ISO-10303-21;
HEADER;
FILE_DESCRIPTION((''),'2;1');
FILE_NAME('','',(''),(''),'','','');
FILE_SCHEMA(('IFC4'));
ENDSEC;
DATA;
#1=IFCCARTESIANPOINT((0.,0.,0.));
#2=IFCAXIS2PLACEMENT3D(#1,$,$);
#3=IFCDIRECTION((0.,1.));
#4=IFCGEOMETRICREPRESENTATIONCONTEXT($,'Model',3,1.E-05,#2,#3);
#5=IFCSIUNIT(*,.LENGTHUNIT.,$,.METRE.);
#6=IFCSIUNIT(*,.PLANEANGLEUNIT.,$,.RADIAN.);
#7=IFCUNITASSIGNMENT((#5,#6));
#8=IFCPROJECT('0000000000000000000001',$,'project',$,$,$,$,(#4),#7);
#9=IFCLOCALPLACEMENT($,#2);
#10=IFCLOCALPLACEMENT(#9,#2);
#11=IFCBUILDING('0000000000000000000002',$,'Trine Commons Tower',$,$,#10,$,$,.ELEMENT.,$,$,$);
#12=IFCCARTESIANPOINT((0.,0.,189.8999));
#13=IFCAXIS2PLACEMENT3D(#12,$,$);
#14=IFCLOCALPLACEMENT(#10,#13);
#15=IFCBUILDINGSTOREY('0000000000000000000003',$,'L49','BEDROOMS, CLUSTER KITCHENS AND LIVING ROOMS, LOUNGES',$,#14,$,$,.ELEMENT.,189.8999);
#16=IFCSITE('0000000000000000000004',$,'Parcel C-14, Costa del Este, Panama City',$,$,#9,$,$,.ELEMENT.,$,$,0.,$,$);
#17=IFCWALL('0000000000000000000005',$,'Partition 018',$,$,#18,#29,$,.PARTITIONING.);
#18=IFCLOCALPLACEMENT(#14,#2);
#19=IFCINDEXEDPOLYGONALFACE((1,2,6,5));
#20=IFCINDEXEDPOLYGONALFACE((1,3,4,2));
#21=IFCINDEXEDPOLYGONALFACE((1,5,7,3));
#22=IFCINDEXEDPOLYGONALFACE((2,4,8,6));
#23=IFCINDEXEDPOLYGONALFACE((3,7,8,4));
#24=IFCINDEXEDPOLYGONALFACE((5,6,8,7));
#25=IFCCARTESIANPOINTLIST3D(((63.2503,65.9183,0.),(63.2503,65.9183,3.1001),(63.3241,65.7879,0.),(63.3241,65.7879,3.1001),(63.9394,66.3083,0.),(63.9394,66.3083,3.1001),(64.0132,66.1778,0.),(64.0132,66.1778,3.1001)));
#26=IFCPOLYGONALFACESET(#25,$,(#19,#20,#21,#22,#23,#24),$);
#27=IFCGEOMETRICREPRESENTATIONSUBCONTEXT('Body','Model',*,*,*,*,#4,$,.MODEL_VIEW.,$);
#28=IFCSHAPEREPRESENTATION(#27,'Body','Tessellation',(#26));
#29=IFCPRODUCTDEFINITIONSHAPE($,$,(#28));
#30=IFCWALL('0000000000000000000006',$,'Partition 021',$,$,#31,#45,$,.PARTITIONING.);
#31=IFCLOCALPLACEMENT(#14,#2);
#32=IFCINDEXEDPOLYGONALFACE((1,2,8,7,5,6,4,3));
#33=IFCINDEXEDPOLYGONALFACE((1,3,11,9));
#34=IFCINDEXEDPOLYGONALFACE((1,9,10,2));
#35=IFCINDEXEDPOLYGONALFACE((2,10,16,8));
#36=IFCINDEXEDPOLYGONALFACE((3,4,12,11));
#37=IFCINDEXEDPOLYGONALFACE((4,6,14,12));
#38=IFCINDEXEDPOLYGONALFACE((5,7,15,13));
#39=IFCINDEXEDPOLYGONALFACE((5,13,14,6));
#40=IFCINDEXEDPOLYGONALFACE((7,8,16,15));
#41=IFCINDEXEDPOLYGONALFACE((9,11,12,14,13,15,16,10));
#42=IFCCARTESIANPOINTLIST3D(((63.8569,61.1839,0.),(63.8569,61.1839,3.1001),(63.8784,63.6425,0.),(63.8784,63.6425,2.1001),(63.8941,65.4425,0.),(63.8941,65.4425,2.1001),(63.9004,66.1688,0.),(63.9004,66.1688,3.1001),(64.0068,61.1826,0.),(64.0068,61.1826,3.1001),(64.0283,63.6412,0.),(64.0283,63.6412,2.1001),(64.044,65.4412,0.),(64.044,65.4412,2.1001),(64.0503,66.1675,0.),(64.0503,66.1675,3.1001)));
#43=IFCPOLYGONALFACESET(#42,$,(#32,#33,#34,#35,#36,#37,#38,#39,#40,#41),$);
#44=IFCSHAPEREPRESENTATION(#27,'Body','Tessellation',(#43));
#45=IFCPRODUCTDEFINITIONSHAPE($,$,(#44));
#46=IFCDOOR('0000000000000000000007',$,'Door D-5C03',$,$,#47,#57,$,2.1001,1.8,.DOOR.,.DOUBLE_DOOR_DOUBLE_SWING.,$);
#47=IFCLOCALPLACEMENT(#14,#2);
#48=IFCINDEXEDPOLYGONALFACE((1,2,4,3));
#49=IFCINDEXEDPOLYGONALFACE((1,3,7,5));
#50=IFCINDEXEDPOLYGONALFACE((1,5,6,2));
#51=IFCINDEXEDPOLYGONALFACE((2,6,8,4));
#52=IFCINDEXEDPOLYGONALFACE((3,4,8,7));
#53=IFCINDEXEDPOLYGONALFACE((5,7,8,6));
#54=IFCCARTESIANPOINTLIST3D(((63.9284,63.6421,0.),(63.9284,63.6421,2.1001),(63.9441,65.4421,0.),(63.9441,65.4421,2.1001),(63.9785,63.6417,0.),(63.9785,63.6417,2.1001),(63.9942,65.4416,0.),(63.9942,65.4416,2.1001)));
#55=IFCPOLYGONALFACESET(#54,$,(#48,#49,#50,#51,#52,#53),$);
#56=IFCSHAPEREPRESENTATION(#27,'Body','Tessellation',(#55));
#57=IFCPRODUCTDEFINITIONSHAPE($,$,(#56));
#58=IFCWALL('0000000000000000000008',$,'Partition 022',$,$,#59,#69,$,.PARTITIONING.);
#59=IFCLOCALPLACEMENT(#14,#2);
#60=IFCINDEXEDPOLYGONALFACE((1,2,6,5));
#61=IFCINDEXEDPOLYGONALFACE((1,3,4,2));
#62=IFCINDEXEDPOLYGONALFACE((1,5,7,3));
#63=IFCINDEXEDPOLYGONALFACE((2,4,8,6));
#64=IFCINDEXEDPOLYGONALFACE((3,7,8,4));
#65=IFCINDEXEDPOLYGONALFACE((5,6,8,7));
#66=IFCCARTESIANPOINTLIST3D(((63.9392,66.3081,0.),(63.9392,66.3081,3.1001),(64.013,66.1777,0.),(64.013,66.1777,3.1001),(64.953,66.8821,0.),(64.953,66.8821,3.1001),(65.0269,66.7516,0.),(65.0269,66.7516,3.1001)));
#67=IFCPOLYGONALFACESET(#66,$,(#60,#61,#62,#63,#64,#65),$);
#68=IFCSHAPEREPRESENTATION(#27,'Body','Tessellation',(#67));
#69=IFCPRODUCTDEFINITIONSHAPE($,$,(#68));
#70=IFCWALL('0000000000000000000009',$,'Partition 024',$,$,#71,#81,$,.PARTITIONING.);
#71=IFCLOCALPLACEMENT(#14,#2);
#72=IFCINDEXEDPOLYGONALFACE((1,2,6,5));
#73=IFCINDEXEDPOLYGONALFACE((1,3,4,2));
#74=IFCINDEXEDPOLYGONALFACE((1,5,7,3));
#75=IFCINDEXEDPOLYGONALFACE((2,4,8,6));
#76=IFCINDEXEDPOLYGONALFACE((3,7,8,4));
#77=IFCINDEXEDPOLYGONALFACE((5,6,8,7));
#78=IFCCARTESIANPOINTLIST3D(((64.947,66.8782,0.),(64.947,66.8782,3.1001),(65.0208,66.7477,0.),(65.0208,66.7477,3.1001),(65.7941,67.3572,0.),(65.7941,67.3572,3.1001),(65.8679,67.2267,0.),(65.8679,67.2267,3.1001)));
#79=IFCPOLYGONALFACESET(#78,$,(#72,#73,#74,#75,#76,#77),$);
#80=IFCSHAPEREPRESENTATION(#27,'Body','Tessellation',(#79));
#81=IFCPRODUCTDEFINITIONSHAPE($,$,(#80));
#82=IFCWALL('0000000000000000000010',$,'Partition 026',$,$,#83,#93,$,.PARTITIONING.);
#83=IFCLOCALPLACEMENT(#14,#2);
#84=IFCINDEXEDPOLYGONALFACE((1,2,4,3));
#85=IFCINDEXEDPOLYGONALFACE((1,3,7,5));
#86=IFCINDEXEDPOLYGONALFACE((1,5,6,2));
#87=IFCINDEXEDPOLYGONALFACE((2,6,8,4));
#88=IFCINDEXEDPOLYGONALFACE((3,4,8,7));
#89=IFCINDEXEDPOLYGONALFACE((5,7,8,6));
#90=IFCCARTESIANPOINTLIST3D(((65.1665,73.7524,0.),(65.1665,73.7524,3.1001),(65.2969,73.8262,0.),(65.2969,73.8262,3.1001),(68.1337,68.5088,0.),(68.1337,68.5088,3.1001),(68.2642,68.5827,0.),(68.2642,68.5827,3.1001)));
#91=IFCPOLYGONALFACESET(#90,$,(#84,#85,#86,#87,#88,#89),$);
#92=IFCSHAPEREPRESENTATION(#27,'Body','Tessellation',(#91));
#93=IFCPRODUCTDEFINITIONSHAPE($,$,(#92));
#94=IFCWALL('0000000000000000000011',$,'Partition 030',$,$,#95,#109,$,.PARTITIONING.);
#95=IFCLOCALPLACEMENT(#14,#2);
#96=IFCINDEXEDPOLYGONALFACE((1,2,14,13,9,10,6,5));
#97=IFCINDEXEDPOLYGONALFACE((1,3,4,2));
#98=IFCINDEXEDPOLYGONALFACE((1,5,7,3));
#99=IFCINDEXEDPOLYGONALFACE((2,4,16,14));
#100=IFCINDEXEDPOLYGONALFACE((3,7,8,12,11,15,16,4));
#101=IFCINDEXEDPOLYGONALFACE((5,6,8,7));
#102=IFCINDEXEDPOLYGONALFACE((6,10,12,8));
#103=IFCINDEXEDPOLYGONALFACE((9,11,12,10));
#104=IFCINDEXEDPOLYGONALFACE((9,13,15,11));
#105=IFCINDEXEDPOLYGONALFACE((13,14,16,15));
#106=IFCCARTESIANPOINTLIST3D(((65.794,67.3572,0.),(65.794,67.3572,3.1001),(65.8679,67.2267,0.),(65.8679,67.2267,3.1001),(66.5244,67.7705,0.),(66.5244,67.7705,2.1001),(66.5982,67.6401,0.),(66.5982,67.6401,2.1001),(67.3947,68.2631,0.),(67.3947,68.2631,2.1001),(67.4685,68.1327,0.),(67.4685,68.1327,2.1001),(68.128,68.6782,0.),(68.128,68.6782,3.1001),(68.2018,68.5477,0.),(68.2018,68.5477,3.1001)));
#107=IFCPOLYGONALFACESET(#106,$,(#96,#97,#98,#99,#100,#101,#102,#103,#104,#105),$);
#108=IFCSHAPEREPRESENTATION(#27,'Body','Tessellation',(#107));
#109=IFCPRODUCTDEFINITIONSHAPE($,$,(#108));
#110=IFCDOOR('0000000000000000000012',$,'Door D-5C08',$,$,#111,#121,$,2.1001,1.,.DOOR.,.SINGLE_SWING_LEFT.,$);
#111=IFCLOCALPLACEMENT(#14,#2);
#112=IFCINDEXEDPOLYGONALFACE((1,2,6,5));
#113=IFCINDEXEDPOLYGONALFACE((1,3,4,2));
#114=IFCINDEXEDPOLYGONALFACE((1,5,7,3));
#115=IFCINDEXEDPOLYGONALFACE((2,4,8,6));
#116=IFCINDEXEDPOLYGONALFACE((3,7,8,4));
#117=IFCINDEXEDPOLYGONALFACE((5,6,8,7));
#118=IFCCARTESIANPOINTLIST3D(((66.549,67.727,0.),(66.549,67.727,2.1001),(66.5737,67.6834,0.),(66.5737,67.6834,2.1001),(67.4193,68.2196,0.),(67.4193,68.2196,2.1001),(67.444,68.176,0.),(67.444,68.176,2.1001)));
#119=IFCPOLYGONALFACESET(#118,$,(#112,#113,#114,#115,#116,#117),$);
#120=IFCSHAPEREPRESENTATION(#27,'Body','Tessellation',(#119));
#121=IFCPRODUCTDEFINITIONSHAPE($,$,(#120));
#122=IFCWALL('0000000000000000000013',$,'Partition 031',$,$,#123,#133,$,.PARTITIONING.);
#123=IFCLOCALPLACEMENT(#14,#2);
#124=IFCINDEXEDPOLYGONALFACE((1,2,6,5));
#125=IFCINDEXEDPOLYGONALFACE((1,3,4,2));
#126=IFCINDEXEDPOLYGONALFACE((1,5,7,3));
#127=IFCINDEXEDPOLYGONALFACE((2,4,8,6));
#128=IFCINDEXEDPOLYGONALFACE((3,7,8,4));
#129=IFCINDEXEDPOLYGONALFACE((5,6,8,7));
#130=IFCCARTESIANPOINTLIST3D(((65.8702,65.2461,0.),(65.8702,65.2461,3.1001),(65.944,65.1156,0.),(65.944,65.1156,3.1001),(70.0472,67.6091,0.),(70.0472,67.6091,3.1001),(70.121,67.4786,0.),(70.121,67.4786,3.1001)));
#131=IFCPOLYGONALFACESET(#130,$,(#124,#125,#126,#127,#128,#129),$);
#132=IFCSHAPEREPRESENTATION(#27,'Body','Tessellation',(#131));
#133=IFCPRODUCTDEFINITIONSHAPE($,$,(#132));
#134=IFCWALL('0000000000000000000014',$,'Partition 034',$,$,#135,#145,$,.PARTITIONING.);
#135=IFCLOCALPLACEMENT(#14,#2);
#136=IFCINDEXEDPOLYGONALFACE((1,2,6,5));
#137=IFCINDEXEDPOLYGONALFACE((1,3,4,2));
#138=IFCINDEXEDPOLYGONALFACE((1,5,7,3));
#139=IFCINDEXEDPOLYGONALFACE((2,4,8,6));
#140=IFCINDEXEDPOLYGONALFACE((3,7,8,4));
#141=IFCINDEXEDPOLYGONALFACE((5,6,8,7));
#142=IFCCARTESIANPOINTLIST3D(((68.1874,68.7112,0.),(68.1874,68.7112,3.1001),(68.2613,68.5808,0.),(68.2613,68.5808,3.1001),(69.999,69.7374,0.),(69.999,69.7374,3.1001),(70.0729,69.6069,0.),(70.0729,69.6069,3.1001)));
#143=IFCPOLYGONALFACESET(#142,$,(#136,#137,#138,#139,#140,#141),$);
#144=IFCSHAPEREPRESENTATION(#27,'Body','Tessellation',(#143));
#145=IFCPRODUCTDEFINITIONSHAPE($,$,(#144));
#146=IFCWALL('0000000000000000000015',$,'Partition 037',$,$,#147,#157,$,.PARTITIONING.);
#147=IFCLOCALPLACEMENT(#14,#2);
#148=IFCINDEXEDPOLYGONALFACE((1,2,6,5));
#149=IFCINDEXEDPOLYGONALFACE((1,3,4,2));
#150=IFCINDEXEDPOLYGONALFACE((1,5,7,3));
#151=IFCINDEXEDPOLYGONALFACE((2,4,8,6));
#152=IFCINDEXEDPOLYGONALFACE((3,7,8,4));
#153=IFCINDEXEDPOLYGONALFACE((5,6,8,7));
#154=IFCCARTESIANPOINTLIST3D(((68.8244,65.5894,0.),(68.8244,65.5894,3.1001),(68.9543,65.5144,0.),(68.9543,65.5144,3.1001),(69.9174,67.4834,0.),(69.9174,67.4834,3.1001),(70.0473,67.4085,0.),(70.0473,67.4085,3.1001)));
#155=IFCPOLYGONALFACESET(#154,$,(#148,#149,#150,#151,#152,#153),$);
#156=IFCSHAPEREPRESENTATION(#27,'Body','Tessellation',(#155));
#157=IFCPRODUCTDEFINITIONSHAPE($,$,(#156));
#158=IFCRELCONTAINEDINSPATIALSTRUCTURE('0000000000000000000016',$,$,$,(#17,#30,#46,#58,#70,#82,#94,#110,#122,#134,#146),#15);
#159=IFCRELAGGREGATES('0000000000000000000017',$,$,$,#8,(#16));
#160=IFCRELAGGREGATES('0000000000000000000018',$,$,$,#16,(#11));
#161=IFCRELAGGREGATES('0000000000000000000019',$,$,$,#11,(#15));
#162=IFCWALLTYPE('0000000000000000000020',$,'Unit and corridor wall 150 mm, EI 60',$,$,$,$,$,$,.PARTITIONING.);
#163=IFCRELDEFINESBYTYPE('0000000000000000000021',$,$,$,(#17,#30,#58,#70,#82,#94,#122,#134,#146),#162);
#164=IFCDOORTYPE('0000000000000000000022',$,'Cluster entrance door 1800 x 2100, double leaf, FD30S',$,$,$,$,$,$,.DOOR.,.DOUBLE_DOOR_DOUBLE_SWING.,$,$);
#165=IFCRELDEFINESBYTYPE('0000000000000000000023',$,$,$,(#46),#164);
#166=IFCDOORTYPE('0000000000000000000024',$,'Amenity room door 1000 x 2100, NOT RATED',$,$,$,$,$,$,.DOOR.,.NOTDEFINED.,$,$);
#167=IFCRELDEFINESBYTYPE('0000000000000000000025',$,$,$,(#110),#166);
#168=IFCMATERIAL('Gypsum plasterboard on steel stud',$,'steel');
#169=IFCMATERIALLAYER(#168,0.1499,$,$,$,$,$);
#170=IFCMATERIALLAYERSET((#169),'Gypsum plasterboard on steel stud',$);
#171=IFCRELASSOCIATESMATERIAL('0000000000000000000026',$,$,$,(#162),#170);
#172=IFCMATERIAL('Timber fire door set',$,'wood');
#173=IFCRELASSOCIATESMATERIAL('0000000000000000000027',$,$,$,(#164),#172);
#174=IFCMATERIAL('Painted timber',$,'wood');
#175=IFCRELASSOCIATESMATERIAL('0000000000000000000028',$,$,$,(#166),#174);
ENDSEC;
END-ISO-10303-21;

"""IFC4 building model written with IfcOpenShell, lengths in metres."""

from ifc_helpers import new_model, si_unit, direction, frame, frame_2d, origin, place, context, subcontext, project, spatial, rectangle, extrude, material, layer, layer_set, type_object, element, fill, save


model = new_model("IFC4")

# Units and contexts
model_context = context("Model", 3, precision=1e-05, world=origin(), true_north=direction((0.0, 1.0)))
body_context = subcontext(model_context, "Body", "Model", "MODEL_VIEW")
ifc_project = project(units=[si_unit("LENGTHUNIT", "METRE"), si_unit("PLANEANGLEUNIT", "RADIAN")], contexts=[model_context])

# Site, building, storey
site_placement = place(None, origin())
site = spatial("IfcSite", under=ifc_project, at=site_placement, Name="Parcel C-14, Costa del Este, Panama City", CompositionType="ELEMENT", RefElevation=0.0)
building_placement = place(site_placement, origin())
building = spatial("IfcBuilding", under=site, at=building_placement, Name="Trine Commons Tower", CompositionType="ELEMENT")
storey_placement = place(building_placement, frame((0.0, 0.0, 189.8999)))
storey = spatial("IfcBuildingStorey", under=building, at=storey_placement, Name="L49", Description="BEDROOMS, CLUSTER KITCHENS AND LIVING ROOMS, LOUNGES", CompositionType="ELEMENT", Elevation=189.8999)

# Shared definitions
ifc_material_1 = material(Name="Gypsum plasterboard on steel stud", Category="steel")
ifc_layer_1 = layer(ifc_material_1, 0.1499)
ifc_layer_set_1 = layer_set([ifc_layer_1], Name="Gypsum plasterboard on steel stud")
wall_type_1 = type_object("IfcWallType", Name="Unit and corridor wall 150 mm, EI 60", PredefinedType="PARTITIONING", material=ifc_layer_set_1)

# Shared definitions
ifc_material_2 = material(Name="Timber fire door set", Category="wood")

# Wall
wall_1_placement = place(storey_placement, frame((63.2871, 65.853, 0.0), z_axis=(0.0, 0.0, 1.0), x_axis=(0.870304, 0.492514, 0.0)))
element("IfcWall", 1, at=wall_1_placement, inside=storey, type_object=wall_type_1, Name="Partition 018", PredefinedType="PARTITIONING", context=body_context, shape_type="SweptSolid", body=[
    extrude(rectangle(XDim=0.7917, YDim=0.1499, at=frame_2d((0.396, 0.0))), origin(), (0.0, 0.0, 1.0), 3.1001),
])

# Wall, opening, door
wall_2_placement = place(storey_placement, frame((63.9319, 61.1831, 0.0), z_axis=(0.0, 0.0, 1.0), x_axis=(0.008717, 0.999962, 0.0)))
wall_2 = element("IfcWall", 2, at=wall_2_placement, inside=storey, type_object=wall_type_1, Name="Partition 021", PredefinedType="PARTITIONING", context=body_context, shape_type="SweptSolid", body=[
    extrude(rectangle(XDim=4.9851, YDim=0.1499, at=frame_2d((2.4927, 0.0))), origin(), (0.0, 0.0, 1.0), 3.1001),
])
opening_1_placement = place(wall_2_placement, frame((2.459, 0.0, 0.0)))
opening_1 = element("IfcOpeningElement", 3, at=opening_1_placement, cuts=wall_2, PredefinedType="OPENING", context=body_context, shape_type="SweptSolid", body=[
    extrude(rectangle(XDim=1.8, YDim=2.1001, at=frame_2d((0.8999, 1.05))), frame((0.0, 0.085, 0.0), z_axis=(0.0, -1.0, 0.0), x_axis=(1.0, 0.0, 0.0)), (0.0, 0.0, 1.0), 0.1699),
])
door_type_1 = type_object("IfcDoorType", Name="Cluster entrance door 1800 x 2100, double leaf, FD30S", OperationType="DOUBLE_DOOR_DOUBLE_SWING", PredefinedType="DOOR", material=ifc_material_2)
door_1_placement = place(opening_1_placement, origin())
door_1 = element("IfcDoor", 4, at=door_1_placement, inside=storey, type_object=door_type_1, Name="Door D-5C03", OperationType="DOUBLE_DOOR_DOUBLE_SWING", OverallHeight=2.1001, OverallWidth=1.8, PredefinedType="DOOR", context=body_context, shape_type="SweptSolid", body=[
    extrude(rectangle(XDim=1.8, YDim=2.1001, at=frame_2d((0.8999, 1.05))), frame((0.0, 0.0249, 0.0), z_axis=(0.0, -1.0, 0.0), x_axis=(1.0, 0.0, 0.0)), (0.0, 0.0, 1.0), 0.05),
])
fill(opening_1, door_1)

# Walls
wall_3_placement = place(storey_placement, frame((63.9761, 66.2429, 0.0), z_axis=(0.0, 0.0, 1.0), x_axis=(0.870235, 0.492637, 0.0)))
element("IfcWall", 5, at=wall_3_placement, inside=storey, type_object=wall_type_1, Name="Partition 022", PredefinedType="PARTITIONING", context=body_context, shape_type="SweptSolid", body=[
    extrude(rectangle(XDim=1.165, YDim=0.1499, at=frame_2d((0.5825, 0.0))), origin(), (0.0, 0.0, 1.0), 3.1001),
])
wall_4_placement = place(storey_placement, frame((64.9839, 66.813, 0.0), z_axis=(0.0, 0.0, 1.0), x_axis=(0.870488, 0.49219, 0.0)))
element("IfcWall", 6, at=wall_4_placement, inside=storey, type_object=wall_type_1, Name="Partition 024", PredefinedType="PARTITIONING", context=body_context, shape_type="SweptSolid", body=[
    extrude(rectangle(XDim=0.9731, YDim=0.1499, at=frame_2d((0.4866, 0.0))), origin(), (0.0, 0.0, 1.0), 3.1001),
])
wall_5_placement = place(storey_placement, frame((65.2317, 73.7893, 0.0), z_axis=(0.0, 0.0, 1.0), x_axis=(0.492495, -0.870315, 0.0)))
element("IfcWall", 7, at=wall_5_placement, inside=storey, type_object=wall_type_1, Name="Partition 026", PredefinedType="PARTITIONING", context=body_context, shape_type="SweptSolid", body=[
    extrude(rectangle(XDim=6.0249, YDim=0.1499, at=frame_2d((3.0125, 0.0))), origin(), (0.0, 0.0, 1.0), 3.1001),
])

# Wall, opening, door
wall_6_placement = place(storey_placement, frame((65.8311, 67.292, 0.0), z_axis=(0.0, 0.0, 1.0), x_axis=(0.870269, 0.492576, 0.0)))
wall_6 = element("IfcWall", 8, at=wall_6_placement, inside=storey, type_object=wall_type_1, Name="Partition 030", PredefinedType="PARTITIONING", context=body_context, shape_type="SweptSolid", body=[
    extrude(rectangle(XDim=2.6819, YDim=0.1499, at=frame_2d((1.3408, 0.0))), origin(), (0.0, 0.0, 1.0), 3.1001),
])
opening_2_placement = place(wall_6_placement, frame((0.8391, 0.0, 0.0)))
opening_2 = element("IfcOpeningElement", 9, at=opening_2_placement, cuts=wall_6, PredefinedType="OPENING", context=body_context, shape_type="SweptSolid", body=[
    extrude(rectangle(XDim=1.0, YDim=2.1001, at=frame_2d((0.5, 1.05))), frame((0.0, 0.085, 0.0), z_axis=(0.0, -1.0, 0.0), x_axis=(1.0, 0.0, 0.0)), (0.0, 0.0, 1.0), 0.1699),
])
ifc_material_3 = material(Name="Painted timber", Category="wood")
door_type_2 = type_object("IfcDoorType", Name="Amenity room door 1000 x 2100, NOT RATED", OperationType="NOTDEFINED", PredefinedType="DOOR", material=ifc_material_3)
door_2_placement = place(opening_2_placement, origin())
door_2 = element("IfcDoor", 10, at=door_2_placement, inside=storey, type_object=door_type_2, Name="Door D-5C08", OperationType="SINGLE_SWING_LEFT", OverallHeight=2.1001, OverallWidth=1.0, PredefinedType="DOOR", context=body_context, shape_type="SweptSolid", body=[
    extrude(rectangle(XDim=1.0, YDim=2.1001, at=frame_2d((0.5, 1.05))), frame((0.0, 0.0249, 0.0), z_axis=(0.0, -1.0, 0.0), x_axis=(1.0, 0.0, 0.0)), (0.0, 0.0, 1.0), 0.05),
])
fill(opening_2, door_2)

# Walls
wall_7_placement = place(storey_placement, frame((65.9072, 65.1809, 0.0), z_axis=(0.0, 0.0, 1.0), x_axis=(0.870373, 0.492392, 0.0)))
element("IfcWall", 11, at=wall_7_placement, inside=storey, type_object=wall_type_1, Name="Partition 031", PredefinedType="PARTITIONING", context=body_context, shape_type="SweptSolid", body=[
    extrude(rectangle(XDim=4.7991, YDim=0.1499, at=frame_2d((2.3994, 0.0))), origin(), (0.0, 0.0, 1.0), 3.1001),
])
wall_8_placement = place(storey_placement, frame((68.2244, 68.646, 0.0), z_axis=(0.0, 0.0, 1.0), x_axis=(0.870106, 0.492865, 0.0)))
element("IfcWall", 12, at=wall_8_placement, inside=storey, type_object=wall_type_1, Name="Partition 034", PredefinedType="PARTITIONING", context=body_context, shape_type="SweptSolid", body=[
    extrude(rectangle(XDim=2.082, YDim=0.1499, at=frame_2d((1.041, 0.0))), origin(), (0.0, 0.0, 1.0), 3.1001),
])
wall_9_placement = place(storey_placement, frame((68.8894, 65.552, 0.0), z_axis=(0.0, 0.0, 1.0), x_axis=(0.499826, 0.866126, 0.0)))
element("IfcWall", 13, at=wall_9_placement, inside=storey, type_object=wall_type_1, Name="Partition 037", PredefinedType="PARTITIONING", context=body_context, shape_type="SweptSolid", body=[
    extrude(rectangle(XDim=2.1868, YDim=0.1499, at=frame_2d((1.0933, 0.0))), origin(), (0.0, 0.0, 1.0), 3.1001),
])

save(model, "model.ifc")
